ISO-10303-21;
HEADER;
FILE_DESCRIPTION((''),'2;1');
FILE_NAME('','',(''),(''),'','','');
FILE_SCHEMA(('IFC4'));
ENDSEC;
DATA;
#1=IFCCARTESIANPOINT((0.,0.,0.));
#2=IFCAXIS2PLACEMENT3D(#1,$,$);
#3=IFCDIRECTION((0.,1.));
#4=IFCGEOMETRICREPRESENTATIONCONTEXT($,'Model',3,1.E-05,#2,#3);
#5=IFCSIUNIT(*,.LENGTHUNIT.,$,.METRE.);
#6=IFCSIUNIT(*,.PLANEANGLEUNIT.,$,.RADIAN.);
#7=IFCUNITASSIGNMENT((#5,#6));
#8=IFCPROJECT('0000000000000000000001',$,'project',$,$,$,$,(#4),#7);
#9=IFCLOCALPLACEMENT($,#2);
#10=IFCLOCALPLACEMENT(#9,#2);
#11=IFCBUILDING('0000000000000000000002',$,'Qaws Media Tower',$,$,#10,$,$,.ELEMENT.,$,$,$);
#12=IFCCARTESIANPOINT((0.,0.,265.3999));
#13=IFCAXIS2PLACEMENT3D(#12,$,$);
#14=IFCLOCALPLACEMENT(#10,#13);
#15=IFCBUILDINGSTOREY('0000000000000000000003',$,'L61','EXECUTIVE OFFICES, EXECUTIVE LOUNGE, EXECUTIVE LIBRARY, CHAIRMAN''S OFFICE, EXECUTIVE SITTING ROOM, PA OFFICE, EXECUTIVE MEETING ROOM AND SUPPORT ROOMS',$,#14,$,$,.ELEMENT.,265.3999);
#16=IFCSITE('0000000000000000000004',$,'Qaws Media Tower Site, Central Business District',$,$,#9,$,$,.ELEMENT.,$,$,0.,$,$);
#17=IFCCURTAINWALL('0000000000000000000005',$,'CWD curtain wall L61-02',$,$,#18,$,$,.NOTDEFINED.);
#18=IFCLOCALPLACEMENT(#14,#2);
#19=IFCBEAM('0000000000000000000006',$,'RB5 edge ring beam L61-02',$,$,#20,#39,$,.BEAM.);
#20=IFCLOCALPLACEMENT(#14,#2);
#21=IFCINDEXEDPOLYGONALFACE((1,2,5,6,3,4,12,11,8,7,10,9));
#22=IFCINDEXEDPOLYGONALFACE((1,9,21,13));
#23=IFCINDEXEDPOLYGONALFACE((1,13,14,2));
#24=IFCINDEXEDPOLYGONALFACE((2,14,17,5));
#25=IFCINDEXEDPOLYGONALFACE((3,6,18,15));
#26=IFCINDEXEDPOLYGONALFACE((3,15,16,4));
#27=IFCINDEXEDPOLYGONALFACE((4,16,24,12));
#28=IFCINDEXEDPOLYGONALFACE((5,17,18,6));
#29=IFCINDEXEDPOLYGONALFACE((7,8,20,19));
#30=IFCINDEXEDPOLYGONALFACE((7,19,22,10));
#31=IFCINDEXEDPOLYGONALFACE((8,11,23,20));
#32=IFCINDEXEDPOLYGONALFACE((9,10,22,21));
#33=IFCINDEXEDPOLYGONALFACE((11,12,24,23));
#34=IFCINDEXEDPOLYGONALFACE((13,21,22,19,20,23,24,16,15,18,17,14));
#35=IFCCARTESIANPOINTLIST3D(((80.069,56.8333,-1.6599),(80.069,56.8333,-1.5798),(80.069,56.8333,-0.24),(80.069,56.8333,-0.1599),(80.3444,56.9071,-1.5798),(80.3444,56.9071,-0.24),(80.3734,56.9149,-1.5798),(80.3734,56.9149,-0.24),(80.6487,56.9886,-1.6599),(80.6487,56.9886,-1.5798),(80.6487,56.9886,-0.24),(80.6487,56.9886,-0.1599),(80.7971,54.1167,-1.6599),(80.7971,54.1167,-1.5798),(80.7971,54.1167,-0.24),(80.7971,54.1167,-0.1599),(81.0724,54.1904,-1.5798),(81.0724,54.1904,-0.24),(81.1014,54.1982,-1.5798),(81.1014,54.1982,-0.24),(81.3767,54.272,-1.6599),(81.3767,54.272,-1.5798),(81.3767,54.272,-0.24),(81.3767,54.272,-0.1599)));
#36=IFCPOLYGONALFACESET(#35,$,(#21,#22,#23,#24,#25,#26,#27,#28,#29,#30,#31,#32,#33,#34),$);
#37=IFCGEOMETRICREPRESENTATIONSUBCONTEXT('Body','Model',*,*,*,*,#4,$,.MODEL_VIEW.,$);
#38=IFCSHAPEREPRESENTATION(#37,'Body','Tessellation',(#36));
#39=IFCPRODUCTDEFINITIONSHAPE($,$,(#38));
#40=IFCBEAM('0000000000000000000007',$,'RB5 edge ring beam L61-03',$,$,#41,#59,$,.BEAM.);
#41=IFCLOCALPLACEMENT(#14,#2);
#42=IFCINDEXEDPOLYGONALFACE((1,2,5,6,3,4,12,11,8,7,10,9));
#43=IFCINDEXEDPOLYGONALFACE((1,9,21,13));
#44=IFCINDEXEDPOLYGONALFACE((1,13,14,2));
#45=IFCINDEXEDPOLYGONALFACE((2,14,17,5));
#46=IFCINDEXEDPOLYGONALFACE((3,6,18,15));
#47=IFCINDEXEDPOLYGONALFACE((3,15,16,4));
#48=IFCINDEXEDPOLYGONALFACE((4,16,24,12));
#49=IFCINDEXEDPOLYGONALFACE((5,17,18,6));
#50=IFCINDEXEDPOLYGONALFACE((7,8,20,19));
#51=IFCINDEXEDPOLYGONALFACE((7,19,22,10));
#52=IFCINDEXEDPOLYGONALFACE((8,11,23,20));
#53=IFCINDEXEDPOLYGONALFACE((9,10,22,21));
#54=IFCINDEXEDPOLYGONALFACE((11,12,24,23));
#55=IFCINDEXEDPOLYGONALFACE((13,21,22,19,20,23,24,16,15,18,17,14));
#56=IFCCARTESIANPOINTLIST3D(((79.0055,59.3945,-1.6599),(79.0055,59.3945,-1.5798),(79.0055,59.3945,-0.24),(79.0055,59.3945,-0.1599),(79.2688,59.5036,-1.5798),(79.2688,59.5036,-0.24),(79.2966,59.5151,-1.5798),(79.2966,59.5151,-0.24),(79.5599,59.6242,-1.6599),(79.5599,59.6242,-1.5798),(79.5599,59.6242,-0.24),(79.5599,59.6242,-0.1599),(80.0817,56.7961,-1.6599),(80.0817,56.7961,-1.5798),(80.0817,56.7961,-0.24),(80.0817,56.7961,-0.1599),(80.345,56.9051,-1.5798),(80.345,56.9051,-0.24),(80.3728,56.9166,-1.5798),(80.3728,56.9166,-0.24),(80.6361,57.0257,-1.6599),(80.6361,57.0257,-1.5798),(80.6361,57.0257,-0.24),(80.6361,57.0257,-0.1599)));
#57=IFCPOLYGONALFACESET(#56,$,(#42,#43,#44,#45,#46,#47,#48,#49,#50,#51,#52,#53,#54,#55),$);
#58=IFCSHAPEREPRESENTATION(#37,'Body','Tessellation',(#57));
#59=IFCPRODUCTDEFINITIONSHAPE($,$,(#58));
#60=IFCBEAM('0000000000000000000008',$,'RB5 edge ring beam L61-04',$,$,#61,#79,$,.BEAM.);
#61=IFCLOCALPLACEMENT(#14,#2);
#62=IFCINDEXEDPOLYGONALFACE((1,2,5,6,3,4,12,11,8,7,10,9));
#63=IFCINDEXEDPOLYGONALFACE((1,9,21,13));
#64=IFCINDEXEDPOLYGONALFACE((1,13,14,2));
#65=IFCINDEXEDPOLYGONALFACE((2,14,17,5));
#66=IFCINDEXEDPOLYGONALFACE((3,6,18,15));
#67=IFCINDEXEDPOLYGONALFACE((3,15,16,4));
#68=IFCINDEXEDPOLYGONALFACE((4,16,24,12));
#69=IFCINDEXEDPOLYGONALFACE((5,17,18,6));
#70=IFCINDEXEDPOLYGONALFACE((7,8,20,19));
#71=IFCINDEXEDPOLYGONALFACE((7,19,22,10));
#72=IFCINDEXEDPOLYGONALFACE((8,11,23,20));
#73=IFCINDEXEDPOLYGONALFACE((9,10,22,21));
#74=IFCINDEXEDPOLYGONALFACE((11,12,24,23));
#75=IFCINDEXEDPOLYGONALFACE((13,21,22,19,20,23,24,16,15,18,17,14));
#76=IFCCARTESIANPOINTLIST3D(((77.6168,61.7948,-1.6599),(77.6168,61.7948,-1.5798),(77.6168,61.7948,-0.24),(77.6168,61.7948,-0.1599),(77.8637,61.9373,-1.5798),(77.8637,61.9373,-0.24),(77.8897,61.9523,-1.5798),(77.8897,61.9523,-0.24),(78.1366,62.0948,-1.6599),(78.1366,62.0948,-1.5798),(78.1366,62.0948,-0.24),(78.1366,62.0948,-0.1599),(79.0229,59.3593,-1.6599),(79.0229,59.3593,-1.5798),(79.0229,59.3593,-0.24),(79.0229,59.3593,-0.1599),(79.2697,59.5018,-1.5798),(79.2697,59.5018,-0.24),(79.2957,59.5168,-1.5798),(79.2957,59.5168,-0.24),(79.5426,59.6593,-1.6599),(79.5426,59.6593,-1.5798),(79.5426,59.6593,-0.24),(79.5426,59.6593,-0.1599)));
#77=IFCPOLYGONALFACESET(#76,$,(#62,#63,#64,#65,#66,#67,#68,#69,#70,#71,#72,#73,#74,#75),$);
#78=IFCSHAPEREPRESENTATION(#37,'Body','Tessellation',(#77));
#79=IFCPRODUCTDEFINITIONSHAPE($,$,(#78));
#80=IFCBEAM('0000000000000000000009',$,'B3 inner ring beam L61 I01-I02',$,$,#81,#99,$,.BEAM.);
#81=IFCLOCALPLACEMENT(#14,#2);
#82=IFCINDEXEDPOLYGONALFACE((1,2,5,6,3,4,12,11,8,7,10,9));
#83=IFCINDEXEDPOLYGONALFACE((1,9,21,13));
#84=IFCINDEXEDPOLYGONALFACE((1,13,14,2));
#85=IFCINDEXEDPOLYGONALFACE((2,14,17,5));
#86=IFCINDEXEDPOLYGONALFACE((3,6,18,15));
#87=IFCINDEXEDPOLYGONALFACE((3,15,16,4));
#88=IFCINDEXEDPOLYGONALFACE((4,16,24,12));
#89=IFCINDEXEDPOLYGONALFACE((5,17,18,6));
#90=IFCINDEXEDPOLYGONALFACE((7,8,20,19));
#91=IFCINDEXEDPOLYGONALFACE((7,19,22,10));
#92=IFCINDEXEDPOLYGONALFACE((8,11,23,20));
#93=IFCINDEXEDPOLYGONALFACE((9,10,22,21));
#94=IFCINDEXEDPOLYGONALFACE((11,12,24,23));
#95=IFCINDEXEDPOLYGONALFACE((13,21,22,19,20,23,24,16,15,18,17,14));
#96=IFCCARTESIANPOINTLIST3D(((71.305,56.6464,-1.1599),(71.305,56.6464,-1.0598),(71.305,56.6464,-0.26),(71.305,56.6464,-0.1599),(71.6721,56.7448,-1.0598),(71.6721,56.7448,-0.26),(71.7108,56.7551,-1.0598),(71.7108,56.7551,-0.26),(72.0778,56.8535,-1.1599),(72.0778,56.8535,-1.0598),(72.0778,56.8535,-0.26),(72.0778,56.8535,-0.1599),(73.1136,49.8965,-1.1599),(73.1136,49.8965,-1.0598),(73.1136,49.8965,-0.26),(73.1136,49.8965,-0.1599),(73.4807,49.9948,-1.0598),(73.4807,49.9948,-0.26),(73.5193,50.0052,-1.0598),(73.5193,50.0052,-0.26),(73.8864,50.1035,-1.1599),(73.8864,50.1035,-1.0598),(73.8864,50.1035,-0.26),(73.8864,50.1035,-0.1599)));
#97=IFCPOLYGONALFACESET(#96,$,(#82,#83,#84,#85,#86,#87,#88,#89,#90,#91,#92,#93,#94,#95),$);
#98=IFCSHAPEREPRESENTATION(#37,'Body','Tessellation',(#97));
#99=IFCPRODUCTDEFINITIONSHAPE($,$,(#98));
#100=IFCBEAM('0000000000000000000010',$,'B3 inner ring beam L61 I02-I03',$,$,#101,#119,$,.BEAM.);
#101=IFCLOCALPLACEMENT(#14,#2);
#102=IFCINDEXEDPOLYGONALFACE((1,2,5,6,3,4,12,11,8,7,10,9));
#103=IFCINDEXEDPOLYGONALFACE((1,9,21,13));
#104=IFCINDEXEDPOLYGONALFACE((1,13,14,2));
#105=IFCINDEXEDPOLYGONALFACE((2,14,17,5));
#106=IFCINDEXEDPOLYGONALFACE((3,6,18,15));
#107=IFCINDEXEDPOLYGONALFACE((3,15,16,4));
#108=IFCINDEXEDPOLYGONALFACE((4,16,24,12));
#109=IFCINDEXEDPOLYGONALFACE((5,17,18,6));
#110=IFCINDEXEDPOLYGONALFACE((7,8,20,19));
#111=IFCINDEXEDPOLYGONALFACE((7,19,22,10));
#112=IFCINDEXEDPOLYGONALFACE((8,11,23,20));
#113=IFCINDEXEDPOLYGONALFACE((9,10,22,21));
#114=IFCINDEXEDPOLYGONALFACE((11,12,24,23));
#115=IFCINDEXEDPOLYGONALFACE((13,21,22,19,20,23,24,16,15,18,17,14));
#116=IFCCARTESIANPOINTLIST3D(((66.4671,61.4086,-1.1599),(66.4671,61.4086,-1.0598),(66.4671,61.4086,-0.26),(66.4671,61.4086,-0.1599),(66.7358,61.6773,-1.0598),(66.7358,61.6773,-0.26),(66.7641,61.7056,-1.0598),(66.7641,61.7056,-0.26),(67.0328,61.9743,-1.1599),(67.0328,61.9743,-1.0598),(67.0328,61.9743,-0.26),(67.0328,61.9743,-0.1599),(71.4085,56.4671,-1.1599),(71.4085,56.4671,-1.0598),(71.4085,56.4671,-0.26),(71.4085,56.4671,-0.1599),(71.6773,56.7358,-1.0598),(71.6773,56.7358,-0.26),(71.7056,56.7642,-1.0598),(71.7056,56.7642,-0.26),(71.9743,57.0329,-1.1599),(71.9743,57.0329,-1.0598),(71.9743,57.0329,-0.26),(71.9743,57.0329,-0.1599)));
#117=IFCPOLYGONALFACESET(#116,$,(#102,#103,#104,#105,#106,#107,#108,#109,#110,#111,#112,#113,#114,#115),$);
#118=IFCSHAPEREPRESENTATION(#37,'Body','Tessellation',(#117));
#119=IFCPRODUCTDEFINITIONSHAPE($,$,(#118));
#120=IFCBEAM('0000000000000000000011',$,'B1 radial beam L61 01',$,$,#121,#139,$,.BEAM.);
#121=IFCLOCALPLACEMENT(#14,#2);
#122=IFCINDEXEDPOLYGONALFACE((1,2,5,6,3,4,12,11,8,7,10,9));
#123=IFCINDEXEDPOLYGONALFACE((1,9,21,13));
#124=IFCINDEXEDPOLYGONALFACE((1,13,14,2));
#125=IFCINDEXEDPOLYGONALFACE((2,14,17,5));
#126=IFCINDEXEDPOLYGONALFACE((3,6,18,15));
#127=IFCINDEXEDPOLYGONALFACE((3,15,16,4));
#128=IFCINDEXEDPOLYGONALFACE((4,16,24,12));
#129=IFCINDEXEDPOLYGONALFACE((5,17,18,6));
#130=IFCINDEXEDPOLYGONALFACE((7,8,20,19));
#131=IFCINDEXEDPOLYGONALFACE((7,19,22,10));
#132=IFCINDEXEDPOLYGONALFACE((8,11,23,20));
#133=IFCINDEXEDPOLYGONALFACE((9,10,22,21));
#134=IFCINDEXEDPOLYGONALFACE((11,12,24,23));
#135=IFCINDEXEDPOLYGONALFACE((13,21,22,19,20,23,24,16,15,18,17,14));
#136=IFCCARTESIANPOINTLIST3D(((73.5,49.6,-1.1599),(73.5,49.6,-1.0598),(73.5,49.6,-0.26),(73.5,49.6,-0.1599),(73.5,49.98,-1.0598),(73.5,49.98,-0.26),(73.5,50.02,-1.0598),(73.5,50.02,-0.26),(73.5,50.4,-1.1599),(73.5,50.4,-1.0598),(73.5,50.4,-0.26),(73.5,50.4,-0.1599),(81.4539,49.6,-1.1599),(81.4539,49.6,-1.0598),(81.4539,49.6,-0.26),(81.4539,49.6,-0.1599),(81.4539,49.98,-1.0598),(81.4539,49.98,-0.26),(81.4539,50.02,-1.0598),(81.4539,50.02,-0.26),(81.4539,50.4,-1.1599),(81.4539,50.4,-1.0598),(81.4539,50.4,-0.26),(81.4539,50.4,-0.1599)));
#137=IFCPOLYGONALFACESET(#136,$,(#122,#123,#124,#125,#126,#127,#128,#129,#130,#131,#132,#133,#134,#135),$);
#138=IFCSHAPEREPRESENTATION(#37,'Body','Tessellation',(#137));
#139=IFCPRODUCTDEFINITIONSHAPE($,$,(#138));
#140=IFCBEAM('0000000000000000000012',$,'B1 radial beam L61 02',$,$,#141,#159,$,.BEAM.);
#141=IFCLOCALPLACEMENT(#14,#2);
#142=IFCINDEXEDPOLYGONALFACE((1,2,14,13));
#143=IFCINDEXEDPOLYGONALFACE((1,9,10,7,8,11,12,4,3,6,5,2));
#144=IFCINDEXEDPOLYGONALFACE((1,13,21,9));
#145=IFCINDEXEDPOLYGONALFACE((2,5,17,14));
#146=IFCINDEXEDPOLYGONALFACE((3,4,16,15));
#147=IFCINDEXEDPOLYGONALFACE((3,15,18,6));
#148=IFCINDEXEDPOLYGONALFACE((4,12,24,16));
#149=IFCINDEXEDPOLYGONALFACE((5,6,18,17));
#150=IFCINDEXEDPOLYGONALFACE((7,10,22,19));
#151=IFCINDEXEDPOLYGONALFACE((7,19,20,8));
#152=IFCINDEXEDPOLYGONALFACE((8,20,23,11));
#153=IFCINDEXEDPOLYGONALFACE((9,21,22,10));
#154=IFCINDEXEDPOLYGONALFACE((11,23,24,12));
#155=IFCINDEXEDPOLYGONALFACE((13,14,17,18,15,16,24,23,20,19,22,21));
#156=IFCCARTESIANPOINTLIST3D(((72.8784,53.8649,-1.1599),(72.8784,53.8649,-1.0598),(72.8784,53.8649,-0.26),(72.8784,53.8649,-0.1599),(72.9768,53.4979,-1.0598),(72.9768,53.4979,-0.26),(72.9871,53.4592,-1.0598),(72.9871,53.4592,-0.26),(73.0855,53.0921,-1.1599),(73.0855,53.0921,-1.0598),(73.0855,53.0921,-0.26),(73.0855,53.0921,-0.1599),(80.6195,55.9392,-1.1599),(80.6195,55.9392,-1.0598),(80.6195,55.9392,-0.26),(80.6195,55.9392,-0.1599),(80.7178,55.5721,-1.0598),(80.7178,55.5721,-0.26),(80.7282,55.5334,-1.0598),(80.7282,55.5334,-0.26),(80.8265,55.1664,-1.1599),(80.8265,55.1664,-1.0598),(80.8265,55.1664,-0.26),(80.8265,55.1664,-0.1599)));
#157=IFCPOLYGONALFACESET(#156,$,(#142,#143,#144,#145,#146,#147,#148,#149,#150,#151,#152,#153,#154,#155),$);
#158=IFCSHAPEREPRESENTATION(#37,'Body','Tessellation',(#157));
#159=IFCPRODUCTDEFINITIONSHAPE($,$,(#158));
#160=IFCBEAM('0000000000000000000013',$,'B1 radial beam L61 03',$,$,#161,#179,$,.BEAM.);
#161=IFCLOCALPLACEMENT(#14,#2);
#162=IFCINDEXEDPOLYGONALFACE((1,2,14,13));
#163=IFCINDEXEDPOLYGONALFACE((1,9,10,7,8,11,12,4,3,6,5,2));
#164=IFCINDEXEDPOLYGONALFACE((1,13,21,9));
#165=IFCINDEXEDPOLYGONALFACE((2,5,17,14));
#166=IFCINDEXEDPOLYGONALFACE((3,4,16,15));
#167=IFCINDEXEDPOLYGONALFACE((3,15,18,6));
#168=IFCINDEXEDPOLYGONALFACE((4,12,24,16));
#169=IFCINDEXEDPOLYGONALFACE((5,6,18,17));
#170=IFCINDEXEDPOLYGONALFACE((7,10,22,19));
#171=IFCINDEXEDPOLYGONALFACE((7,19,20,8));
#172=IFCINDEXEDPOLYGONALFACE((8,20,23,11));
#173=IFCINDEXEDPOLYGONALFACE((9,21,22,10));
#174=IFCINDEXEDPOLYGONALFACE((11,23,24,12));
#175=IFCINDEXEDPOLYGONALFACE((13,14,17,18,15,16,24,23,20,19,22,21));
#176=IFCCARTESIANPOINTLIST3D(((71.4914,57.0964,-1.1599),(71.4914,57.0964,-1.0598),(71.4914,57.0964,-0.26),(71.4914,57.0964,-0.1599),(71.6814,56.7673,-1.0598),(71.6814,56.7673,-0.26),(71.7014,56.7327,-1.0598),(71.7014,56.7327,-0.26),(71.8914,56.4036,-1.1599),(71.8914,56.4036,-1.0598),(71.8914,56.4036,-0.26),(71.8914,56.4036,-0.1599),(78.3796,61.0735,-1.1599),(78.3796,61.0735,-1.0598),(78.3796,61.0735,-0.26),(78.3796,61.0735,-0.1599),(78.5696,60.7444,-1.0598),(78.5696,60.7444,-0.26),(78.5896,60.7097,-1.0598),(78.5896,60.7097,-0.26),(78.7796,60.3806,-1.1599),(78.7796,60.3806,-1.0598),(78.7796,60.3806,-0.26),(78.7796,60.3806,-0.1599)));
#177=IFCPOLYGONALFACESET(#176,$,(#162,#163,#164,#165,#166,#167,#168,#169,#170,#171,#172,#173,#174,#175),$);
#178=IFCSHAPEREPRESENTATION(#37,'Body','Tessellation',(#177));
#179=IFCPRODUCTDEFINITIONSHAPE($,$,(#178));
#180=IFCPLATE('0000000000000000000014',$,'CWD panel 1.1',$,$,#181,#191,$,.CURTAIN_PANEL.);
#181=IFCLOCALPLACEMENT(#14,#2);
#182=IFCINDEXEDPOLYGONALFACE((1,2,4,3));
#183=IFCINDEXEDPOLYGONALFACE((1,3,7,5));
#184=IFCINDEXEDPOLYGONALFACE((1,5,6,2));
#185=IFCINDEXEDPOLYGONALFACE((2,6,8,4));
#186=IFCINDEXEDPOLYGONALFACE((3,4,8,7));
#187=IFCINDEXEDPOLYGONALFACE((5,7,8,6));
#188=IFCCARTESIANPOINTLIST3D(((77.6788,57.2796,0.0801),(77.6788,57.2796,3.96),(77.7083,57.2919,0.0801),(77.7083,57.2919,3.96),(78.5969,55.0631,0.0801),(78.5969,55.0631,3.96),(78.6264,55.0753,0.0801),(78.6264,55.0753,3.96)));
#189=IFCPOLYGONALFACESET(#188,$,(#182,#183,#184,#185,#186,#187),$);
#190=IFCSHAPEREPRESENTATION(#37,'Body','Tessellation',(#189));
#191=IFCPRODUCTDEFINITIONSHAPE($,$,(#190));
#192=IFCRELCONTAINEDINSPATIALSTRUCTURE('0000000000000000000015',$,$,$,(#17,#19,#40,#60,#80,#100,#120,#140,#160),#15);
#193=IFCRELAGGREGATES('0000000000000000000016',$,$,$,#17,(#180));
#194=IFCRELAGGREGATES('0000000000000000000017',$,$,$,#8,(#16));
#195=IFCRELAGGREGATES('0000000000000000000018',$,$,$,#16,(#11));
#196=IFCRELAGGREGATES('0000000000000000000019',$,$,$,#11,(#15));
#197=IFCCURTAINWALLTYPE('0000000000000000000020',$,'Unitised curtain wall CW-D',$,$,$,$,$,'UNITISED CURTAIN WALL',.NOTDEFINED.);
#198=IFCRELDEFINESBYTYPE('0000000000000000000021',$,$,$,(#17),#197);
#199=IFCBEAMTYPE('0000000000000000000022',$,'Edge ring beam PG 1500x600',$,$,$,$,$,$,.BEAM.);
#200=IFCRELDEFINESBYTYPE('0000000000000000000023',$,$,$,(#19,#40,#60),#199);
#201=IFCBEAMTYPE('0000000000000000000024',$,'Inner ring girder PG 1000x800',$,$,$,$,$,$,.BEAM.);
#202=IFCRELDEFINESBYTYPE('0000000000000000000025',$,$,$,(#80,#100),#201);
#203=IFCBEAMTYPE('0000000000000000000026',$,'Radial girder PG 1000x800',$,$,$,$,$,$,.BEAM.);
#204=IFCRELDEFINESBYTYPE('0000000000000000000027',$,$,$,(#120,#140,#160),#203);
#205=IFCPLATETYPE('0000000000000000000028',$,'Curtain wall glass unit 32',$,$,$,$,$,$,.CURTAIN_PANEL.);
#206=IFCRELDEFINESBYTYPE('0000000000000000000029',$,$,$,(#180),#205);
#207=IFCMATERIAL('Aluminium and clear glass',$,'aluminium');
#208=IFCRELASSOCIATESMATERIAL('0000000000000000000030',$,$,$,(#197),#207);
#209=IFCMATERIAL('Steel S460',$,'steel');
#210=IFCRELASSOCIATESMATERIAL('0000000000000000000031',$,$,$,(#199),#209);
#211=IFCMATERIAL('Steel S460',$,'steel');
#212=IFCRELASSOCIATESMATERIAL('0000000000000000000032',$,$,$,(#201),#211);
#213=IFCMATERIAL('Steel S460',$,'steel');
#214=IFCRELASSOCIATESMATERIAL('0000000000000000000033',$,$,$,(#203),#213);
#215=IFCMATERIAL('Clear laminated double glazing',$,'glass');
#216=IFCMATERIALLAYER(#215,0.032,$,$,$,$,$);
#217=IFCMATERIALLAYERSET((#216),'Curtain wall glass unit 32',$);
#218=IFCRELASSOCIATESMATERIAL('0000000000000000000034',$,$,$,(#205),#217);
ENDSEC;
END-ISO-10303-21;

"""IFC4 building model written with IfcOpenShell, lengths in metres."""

from ifc_helpers import new_model, si_unit, direction, frame, origin, origin_2d, place, context, subcontext, project, spatial, rectangle, i_section, extrude, material, layer, layer_set, material_profile, profile_set, type_object, element, aggregate, save


model = new_model("IFC4")

# Units and contexts
model_context = context("Model", 3, precision=1e-05, world=origin(), true_north=direction((0.0, 1.0)))
body_context = subcontext(model_context, "Body", "Model", "MODEL_VIEW")
ifc_project = project(units=[si_unit("LENGTHUNIT", "METRE"), si_unit("PLANEANGLEUNIT", "RADIAN")], contexts=[model_context])

# Site, building, storey
site_placement = place(None, origin())
site = spatial("IfcSite", under=ifc_project, at=site_placement, Name="Qaws Media Tower Site, Central Business District", CompositionType="ELEMENT", RefElevation=0.0)
building_placement = place(site_placement, origin())
building = spatial("IfcBuilding", under=site, at=building_placement, Name="Qaws Media Tower", CompositionType="ELEMENT")
storey_placement = place(building_placement, frame((0.0, 0.0, 265.3999)))
storey = spatial("IfcBuildingStorey", under=building, at=storey_placement, Name="L61", Description="EXECUTIVE OFFICES, EXECUTIVE LOUNGE, EXECUTIVE LIBRARY, CHAIRMAN'S OFFICE, EXECUTIVE SITTING ROOM, PA OFFICE, EXECUTIVE MEETING ROOM AND SUPPORT ROOMS", CompositionType="ELEMENT", Elevation=265.3999)

# Curtain wall
ifc_material_1 = material(Name="Aluminium and clear glass", Category="aluminium")
curtain_wall_type = type_object("IfcCurtainWallType", Name="Unitised curtain wall CW-D", ElementType="UNITISED CURTAIN WALL", PredefinedType="NOTDEFINED", material=ifc_material_1)
curtain_wall_1_placement = place(storey_placement, origin())
curtain_wall_1 = element("IfcCurtainWall", 1, at=curtain_wall_1_placement, inside=storey, type_object=curtain_wall_type, Name="CWD curtain wall L61-02", PredefinedType="NOTDEFINED")

# Beams
ifc_material_2 = material(Name="Steel S460", Category="steel")
ifc_material_profile_1 = material_profile(ifc_material_2, i_section(OverallWidth=0.6001, OverallDepth=1.5, WebThickness=0.03, FlangeThickness=0.0801, at=origin_2d()), Name="PG 1500x600")
ifc_profile_set_1 = profile_set([ifc_material_profile_1], Name="Steel S460")
beam_type_1 = type_object("IfcBeamType", Name="Edge ring beam PG 1500x600", PredefinedType="BEAM", material=ifc_profile_set_1)
for number, where, z_axis, x_axis, name in (
    (2, (81.0869, 54.1943, -0.9099), (-0.258862, 0.965914, 0.0), (-0.965914, -0.258862, 0.0), "RB5 edge ring beam L61-02"),
    (3, (80.3589, 56.9109, -0.9099), (-0.382648, 0.923894, 0.0), (-0.923894, -0.382648, 0.0), "RB5 edge ring beam L61-03"),
):
    element("IfcBeam", number, at=place(storey_placement, frame(where, z_axis=z_axis, x_axis=x_axis)), inside=storey, type_object=beam_type_1, Name=name, PredefinedType="BEAM", context=body_context, shape_type="SweptSolid", body=[
        extrude(i_section(OverallWidth=0.6001, OverallDepth=1.5, WebThickness=0.03, FlangeThickness=0.0801, at=origin_2d()), origin(), (0.0, 0.0, 1.0), 2.8125),
    ])
beam_1_placement = place(storey_placement, frame((79.2827, 59.5093, -0.9099), z_axis=(-0.499958, 0.86605, 0.0), x_axis=(-0.86605, -0.499958, 0.0)))
element("IfcBeam", 4, at=beam_1_placement, inside=storey, type_object=beam_type_1, Name="RB5 edge ring beam L61-04", PredefinedType="BEAM", context=body_context, shape_type="SweptSolid", body=[
    extrude(i_section(OverallWidth=0.6001, OverallDepth=1.5, WebThickness=0.03, FlangeThickness=0.0801, at=origin_2d()), origin(), (0.0, 0.0, 1.0), 2.8123),
])
ifc_material_3 = material(Name="Steel S460", Category="steel")
ifc_material_profile_2 = material_profile(ifc_material_3, i_section(OverallWidth=0.8, OverallDepth=1.0, WebThickness=0.04, FlangeThickness=0.1001, at=origin_2d()), Name="PG 1000x800")
ifc_profile_set_2 = profile_set([ifc_material_profile_2], Name="Steel S460")
beam_type_2 = type_object("IfcBeamType", Name="Inner ring girder PG 1000x800", PredefinedType="BEAM", material=ifc_profile_set_2)
beam_2_placement = place(storey_placement, frame((73.5, 50.0, -0.6599), z_axis=(-0.258811, 0.965928, 0.0), x_axis=(-0.965928, -0.258811, 0.0)))
element("IfcBeam", 5, at=beam_2_placement, inside=storey, type_object=beam_type_2, Name="B3 inner ring beam L61 I01-I02", PredefinedType="BEAM", context=body_context, shape_type="SweptSolid", body=[
    extrude(i_section(OverallWidth=0.8, OverallDepth=1.0, WebThickness=0.04, FlangeThickness=0.1001, at=origin_2d()), origin(), (0.0, 0.0, 1.0), 6.988),
])
beam_3_placement = place(storey_placement, frame((71.6914, 56.75, -0.6599), z_axis=(-0.707107, 0.707107, 0.0), x_axis=(-0.707107, -0.707107, 0.0)))
element("IfcBeam", 6, at=beam_3_placement, inside=storey, type_object=beam_type_2, Name="B3 inner ring beam L61 I02-I03", PredefinedType="BEAM", context=body_context, shape_type="SweptSolid", body=[
    extrude(i_section(OverallWidth=0.8, OverallDepth=1.0, WebThickness=0.04, FlangeThickness=0.1001, at=origin_2d()), origin(), (0.0, 0.0, 1.0), 6.9883),
])
ifc_material_4 = material(Name="Steel S460", Category="steel")
ifc_material_profile_3 = material_profile(ifc_material_4, i_section(OverallWidth=0.8, OverallDepth=1.0, WebThickness=0.04, FlangeThickness=0.1001, at=origin_2d()), Name="PG 1000x800")
ifc_profile_set_3 = profile_set([ifc_material_profile_3], Name="Steel S460")
beam_type_3 = type_object("IfcBeamType", Name="Radial girder PG 1000x800", PredefinedType="BEAM", material=ifc_profile_set_3)
beam_4_placement = place(storey_placement, frame((73.5, 50.0, -0.6599), z_axis=(1.0, 0.0, 0.0), x_axis=(0.0, 1.0, 0.0)))
element("IfcBeam", 7, at=beam_4_placement, inside=storey, type_object=beam_type_3, Name="B1 radial beam L61 01", PredefinedType="BEAM", context=body_context, shape_type="SweptSolid", body=[
    extrude(i_section(OverallWidth=0.8, OverallDepth=1.0, WebThickness=0.04, FlangeThickness=0.1001, at=origin_2d()), origin(), (0.0, 0.0, 1.0), 7.9539),
])
beam_5_placement = place(storey_placement, frame((72.9819, 53.4785, -0.6599), z_axis=(0.965925, 0.258823, 0.0), x_axis=(-0.258823, 0.965925, 0.0)))
element("IfcBeam", 8, at=beam_5_placement, inside=storey, type_object=beam_type_3, Name="B1 radial beam L61 02", PredefinedType="BEAM", context=body_context, shape_type="SweptSolid", body=[
    extrude(i_section(OverallWidth=0.8, OverallDepth=1.0, WebThickness=0.04, FlangeThickness=0.1001, at=origin_2d()), origin(), (0.0, 0.0, 1.0), 8.0142),
])
beam_6_placement = place(storey_placement, frame((71.6914, 56.75, -0.6599), z_axis=(0.866017, 0.500015, 0.0), x_axis=(-0.500015, 0.866017, 0.0)))
element("IfcBeam", 9, at=beam_6_placement, inside=storey, type_object=beam_type_3, Name="B1 radial beam L61 03", PredefinedType="BEAM", context=body_context, shape_type="SweptSolid", body=[
    extrude(i_section(OverallWidth=0.8, OverallDepth=1.0, WebThickness=0.04, FlangeThickness=0.1001, at=origin_2d()), origin(), (0.0, 0.0, 1.0), 7.9539),
])

# Plate
ifc_material_5 = material(Name="Clear laminated double glazing", Category="glass")
ifc_layer_1 = layer(ifc_material_5, 0.032)
ifc_layer_set_1 = layer_set([ifc_layer_1], Name="Curtain wall glass unit 32")
plate_type_1 = type_object("IfcPlateType", Name="Curtain wall glass unit 32", PredefinedType="CURTAIN_PANEL", material=ifc_layer_set_1)
plate_1_placement = place(storey_placement, frame((78.1526, 56.1775, 0.0801), z_axis=(0.0, 0.0, 1.0), x_axis=(-0.382683, 0.92388, 0.0)))
plate_1 = element("IfcPlate", 10, at=plate_1_placement, type_object=plate_type_1, Name="CWD panel 1.1", PredefinedType="CURTAIN_PANEL", context=body_context, shape_type="SweptSolid", body=[
    extrude(rectangle(XDim=2.3992, YDim=0.032, at=origin_2d()), origin(), (0.0, 0.0, 1.0), 3.8799),
])
aggregate(curtain_wall_1, [plate_1])

save(model, "model.ifc")
